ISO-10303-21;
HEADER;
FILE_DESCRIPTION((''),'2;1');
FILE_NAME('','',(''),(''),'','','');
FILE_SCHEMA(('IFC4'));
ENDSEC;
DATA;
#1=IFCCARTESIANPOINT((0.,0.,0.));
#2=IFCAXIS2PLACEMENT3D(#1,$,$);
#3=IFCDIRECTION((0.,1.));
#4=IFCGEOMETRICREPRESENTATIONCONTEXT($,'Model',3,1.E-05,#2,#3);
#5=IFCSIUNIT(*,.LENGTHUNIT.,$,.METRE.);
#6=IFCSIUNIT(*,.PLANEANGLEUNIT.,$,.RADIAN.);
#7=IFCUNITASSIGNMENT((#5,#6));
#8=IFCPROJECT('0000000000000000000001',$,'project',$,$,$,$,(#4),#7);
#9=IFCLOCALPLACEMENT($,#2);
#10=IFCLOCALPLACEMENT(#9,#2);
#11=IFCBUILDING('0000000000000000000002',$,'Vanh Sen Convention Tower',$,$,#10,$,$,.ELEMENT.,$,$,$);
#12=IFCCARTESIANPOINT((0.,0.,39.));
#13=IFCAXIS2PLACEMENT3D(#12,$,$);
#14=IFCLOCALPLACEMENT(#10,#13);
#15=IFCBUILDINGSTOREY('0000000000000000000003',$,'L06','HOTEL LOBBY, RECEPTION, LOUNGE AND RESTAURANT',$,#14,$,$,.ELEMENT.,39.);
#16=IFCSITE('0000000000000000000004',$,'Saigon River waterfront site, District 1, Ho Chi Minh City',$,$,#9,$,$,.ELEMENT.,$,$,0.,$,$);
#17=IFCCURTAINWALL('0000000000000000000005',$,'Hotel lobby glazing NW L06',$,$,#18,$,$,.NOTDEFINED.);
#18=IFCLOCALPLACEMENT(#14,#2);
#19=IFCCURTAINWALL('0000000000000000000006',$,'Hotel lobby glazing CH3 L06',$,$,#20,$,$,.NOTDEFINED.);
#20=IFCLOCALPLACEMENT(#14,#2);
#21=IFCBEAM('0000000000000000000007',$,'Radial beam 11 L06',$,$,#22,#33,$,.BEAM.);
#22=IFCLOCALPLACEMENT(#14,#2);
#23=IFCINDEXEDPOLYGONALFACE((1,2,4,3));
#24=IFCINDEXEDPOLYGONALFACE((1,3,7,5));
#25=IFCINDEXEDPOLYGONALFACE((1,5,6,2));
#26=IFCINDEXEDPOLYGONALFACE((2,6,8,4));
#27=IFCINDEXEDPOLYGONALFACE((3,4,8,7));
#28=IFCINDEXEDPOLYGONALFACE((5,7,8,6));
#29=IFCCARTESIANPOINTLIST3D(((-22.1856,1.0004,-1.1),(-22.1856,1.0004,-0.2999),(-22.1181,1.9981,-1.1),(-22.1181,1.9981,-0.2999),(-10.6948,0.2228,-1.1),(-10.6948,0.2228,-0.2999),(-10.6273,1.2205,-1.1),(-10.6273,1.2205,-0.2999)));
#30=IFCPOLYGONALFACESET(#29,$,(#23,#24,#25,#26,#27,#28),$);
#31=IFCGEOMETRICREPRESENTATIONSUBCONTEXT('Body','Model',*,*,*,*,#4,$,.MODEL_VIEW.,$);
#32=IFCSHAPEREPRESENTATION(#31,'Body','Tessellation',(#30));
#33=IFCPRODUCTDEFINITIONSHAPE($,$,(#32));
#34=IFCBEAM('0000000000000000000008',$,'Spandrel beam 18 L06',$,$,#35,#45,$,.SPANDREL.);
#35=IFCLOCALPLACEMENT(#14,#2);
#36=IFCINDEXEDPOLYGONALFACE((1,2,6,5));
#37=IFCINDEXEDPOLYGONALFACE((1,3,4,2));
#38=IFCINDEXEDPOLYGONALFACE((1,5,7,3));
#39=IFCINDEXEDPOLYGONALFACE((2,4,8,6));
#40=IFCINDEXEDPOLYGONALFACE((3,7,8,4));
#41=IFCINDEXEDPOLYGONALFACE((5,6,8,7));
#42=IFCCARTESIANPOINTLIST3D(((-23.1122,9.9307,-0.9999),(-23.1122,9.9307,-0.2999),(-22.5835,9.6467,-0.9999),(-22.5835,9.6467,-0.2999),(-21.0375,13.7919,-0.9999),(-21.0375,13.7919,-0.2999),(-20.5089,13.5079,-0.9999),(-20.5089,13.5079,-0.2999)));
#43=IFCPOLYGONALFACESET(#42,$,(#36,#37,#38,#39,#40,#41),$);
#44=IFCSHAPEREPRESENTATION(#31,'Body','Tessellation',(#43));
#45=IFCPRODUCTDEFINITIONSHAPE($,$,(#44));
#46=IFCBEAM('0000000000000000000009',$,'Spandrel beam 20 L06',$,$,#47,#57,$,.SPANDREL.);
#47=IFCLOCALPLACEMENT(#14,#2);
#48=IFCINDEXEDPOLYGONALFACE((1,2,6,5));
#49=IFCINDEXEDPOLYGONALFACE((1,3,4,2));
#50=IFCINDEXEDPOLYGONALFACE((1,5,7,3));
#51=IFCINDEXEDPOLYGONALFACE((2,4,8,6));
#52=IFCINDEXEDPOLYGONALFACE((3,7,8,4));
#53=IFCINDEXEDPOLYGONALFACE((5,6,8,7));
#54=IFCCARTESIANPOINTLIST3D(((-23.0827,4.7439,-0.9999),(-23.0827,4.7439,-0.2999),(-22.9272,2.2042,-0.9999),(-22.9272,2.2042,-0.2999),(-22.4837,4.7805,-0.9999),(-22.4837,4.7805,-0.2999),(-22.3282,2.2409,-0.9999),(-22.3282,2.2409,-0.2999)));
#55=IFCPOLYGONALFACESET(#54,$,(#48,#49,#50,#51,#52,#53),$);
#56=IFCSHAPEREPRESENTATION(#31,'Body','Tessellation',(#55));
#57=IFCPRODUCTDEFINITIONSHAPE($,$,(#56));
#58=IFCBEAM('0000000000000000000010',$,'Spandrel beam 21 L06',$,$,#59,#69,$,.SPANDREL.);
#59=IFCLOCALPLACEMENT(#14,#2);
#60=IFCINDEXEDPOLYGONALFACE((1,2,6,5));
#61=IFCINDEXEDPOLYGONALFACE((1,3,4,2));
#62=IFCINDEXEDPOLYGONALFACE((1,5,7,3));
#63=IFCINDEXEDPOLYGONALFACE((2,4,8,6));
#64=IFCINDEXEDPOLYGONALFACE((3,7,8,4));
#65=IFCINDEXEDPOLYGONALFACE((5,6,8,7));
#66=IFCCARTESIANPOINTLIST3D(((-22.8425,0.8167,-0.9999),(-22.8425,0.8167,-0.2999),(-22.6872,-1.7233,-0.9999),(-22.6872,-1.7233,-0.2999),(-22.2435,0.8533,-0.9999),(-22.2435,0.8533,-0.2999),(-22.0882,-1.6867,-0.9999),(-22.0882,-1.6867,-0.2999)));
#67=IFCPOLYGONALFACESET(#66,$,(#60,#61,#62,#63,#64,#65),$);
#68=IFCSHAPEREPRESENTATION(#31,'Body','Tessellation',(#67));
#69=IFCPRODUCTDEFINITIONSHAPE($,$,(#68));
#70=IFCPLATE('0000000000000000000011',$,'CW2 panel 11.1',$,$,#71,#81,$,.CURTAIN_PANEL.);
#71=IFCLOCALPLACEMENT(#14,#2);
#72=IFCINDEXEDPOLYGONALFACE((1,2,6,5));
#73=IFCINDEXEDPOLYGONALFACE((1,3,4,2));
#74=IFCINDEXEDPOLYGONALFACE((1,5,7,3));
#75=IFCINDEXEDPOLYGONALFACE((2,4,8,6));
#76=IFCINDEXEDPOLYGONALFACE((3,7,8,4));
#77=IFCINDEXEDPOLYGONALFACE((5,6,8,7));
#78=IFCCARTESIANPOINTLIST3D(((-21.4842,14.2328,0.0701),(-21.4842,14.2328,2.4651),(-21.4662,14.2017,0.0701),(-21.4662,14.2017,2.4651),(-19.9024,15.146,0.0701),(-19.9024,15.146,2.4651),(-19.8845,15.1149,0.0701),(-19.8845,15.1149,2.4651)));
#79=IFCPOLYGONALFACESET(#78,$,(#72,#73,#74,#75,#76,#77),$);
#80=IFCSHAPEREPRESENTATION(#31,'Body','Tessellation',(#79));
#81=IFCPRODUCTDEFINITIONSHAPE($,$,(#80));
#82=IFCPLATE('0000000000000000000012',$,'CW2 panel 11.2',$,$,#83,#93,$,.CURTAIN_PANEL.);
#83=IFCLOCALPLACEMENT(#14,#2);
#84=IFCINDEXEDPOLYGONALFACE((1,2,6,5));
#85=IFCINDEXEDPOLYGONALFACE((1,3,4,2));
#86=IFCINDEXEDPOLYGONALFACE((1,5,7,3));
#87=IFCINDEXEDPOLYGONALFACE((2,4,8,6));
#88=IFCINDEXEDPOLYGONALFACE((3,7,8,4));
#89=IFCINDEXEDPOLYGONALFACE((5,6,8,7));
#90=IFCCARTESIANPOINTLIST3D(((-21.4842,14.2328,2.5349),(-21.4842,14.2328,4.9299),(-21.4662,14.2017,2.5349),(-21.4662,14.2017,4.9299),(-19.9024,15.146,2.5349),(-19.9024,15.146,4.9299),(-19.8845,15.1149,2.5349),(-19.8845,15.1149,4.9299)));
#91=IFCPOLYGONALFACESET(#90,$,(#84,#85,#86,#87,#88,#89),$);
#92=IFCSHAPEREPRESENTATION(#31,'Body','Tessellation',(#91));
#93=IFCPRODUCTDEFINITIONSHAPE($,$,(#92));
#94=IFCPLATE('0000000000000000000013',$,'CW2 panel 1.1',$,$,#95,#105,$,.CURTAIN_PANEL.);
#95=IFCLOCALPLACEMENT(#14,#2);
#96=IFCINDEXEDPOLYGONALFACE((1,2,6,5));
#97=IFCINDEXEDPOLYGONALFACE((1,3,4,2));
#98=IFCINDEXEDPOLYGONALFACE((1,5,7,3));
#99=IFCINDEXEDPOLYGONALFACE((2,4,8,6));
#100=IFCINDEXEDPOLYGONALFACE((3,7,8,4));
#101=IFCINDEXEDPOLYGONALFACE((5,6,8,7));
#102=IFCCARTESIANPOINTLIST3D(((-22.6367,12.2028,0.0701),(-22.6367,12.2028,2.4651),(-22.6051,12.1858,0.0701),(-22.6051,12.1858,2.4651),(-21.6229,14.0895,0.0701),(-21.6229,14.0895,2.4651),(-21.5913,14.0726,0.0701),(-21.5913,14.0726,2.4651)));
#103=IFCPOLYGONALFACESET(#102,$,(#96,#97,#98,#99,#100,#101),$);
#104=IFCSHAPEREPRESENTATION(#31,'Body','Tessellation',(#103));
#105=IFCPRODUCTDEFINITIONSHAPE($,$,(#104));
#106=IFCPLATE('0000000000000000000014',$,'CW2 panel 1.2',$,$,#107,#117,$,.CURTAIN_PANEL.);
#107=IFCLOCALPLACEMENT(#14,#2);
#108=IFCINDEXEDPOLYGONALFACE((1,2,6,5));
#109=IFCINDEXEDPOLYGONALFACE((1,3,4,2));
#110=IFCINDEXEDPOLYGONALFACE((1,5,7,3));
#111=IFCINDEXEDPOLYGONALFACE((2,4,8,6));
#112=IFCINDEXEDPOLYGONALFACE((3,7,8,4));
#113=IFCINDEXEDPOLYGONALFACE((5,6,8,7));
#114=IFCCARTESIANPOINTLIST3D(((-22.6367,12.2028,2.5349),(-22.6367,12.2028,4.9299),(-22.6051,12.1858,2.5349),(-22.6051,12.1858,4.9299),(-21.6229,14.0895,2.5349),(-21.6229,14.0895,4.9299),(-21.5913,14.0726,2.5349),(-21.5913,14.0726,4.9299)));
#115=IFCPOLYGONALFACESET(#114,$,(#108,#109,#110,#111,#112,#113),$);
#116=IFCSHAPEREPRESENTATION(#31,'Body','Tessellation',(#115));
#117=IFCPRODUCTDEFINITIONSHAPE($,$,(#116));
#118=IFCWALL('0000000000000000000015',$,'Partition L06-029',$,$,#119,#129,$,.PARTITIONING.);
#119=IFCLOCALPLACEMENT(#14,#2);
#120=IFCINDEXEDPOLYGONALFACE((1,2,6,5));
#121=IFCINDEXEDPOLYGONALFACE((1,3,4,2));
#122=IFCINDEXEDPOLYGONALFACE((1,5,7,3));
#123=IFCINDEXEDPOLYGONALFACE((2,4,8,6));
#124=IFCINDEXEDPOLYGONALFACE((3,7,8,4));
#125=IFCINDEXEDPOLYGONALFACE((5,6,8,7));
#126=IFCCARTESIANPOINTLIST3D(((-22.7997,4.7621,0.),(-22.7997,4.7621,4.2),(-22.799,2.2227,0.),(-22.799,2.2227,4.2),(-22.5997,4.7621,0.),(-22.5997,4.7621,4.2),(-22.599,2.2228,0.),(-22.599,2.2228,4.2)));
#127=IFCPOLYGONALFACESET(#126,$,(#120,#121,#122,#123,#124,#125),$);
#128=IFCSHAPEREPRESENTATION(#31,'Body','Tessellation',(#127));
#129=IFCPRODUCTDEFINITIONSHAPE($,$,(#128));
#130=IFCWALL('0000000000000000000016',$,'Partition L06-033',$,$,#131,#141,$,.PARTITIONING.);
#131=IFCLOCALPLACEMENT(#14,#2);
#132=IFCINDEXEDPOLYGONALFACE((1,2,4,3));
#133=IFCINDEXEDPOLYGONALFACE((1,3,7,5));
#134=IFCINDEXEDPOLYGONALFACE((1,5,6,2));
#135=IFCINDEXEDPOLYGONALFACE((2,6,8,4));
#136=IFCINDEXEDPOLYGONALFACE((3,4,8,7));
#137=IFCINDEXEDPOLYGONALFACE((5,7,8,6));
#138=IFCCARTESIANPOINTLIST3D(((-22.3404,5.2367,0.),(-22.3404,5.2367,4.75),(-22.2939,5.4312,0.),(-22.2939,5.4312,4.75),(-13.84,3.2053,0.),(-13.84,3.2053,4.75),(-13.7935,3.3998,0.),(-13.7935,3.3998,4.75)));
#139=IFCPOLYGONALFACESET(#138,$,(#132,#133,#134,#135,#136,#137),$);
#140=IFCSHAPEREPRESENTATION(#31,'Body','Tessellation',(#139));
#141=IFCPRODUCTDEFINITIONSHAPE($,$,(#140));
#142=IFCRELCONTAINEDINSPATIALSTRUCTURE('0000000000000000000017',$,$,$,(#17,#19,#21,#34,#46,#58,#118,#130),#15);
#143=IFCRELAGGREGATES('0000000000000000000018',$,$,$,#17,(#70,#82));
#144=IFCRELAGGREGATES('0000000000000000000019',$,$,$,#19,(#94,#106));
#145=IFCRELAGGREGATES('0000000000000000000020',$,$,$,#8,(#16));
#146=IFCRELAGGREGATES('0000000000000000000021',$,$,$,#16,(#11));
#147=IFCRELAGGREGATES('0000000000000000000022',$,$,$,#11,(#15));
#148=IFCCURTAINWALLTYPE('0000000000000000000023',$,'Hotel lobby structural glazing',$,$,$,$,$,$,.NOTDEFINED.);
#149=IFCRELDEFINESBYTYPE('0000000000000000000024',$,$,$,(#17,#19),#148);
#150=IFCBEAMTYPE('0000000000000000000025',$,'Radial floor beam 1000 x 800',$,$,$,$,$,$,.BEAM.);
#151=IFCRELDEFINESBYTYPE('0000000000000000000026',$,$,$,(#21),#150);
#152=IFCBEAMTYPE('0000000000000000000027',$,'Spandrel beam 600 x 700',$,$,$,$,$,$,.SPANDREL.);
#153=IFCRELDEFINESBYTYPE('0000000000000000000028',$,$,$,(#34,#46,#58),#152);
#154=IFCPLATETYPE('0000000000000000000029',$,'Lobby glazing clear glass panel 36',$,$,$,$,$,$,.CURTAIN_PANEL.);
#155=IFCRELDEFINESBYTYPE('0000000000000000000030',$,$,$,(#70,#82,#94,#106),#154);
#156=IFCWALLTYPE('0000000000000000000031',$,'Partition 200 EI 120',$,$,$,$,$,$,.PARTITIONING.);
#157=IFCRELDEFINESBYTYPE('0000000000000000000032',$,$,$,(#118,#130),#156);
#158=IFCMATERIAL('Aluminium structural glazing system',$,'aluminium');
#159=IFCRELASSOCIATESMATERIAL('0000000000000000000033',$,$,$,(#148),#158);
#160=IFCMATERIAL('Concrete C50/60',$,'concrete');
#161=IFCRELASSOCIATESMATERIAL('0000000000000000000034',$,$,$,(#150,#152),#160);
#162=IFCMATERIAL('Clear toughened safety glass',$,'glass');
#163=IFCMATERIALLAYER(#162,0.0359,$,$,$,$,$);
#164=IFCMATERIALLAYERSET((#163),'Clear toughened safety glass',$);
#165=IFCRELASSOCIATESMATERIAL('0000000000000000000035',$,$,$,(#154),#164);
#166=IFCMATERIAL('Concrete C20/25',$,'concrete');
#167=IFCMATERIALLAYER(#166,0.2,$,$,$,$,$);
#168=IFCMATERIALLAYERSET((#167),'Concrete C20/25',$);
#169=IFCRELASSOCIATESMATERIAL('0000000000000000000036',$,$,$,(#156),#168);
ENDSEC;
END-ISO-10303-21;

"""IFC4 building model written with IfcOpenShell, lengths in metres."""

from ifc_helpers import new_model, si_unit, direction, frame, frame_2d, origin, origin_2d, place, context, subcontext, project, spatial, rectangle, extrude, material, layer, layer_set, material_profile, profile_set, type_object, element, aggregate, save


model = new_model("IFC4")

# Units and contexts
model_context = context("Model", 3, precision=1e-05, world=origin(), true_north=direction((0.0, 1.0)))
body_context = subcontext(model_context, "Body", "Model", "MODEL_VIEW")
ifc_project = project(units=[si_unit("LENGTHUNIT", "METRE"), si_unit("PLANEANGLEUNIT", "RADIAN")], contexts=[model_context])

# Site, building, storey
site_placement = place(None, origin())
site = spatial("IfcSite", under=ifc_project, at=site_placement, Name="Saigon River waterfront site, District 1, Ho Chi Minh City", CompositionType="ELEMENT", RefElevation=0.0)
building_placement = place(site_placement, origin())
building = spatial("IfcBuilding", under=site, at=building_placement, Name="Vanh Sen Convention Tower", CompositionType="ELEMENT")
storey_placement = place(building_placement, frame((0.0, 0.0, 39.0)))
storey = spatial("IfcBuildingStorey", under=building, at=storey_placement, Name="L06", Description="HOTEL LOBBY, RECEPTION, LOUNGE AND RESTAURANT", CompositionType="ELEMENT", Elevation=39.0)

# Curtain wall
ifc_material_1 = material(Name="Aluminium structural glazing system", Category="aluminium")
curtain_wall_type = type_object("IfcCurtainWallType", Name="Hotel lobby structural glazing", PredefinedType="NOTDEFINED", material=ifc_material_1)
curtain_wall_1_placement = place(storey_placement, origin())
curtain_wall_1 = element("IfcCurtainWall", 1, at=curtain_wall_1_placement, inside=storey, type_object=curtain_wall_type, Name="Hotel lobby glazing NW L06", PredefinedType="NOTDEFINED")

# Curtain wall
curtain_wall_2_placement = place(storey_placement, origin())
curtain_wall_2 = element("IfcCurtainWall", 2, at=curtain_wall_2_placement, inside=storey, type_object=curtain_wall_type, Name="Hotel lobby glazing CH3 L06", PredefinedType="NOTDEFINED")

# Beams
ifc_material_2 = material(Name="Concrete C50/60", Category="concrete")
ifc_material_profile_1 = material_profile(ifc_material_2, rectangle(XDim=1.0, YDim=0.8, at=origin_2d()), Name="RC 1000X800")
ifc_profile_set_1 = profile_set([ifc_material_profile_1], Name="Concrete C50/60")
beam_type_1 = type_object("IfcBeamType", Name="Radial floor beam 1000 x 800", PredefinedType="BEAM", material=ifc_profile_set_1)
beam_1_placement = place(storey_placement, frame((-22.1519, 1.4993, -0.7), z_axis=(0.997718, -0.067517, 0.0), x_axis=(0.067517, 0.997718, 0.0)))
element("IfcBeam", 3, at=beam_1_placement, inside=storey, type_object=beam_type_1, Name="Radial beam 11 L06", PredefinedType="BEAM", context=body_context, shape_type="SweptSolid", body=[
    extrude(rectangle(XDim=1.0, YDim=0.8, at=origin_2d()), origin(), (0.0, 0.0, 1.0), 11.5171),
])
ifc_material_profile_2 = material_profile(ifc_material_2, rectangle(XDim=0.6001, YDim=0.7, at=origin_2d()), Name="RC 600X700")
ifc_profile_set_2 = profile_set([ifc_material_profile_2], Name="Concrete C50/60")
beam_type_2 = type_object("IfcBeamType", Name="Spandrel beam 600 x 700", PredefinedType="SPANDREL", material=ifc_profile_set_2)
beam_2_placement = place(storey_placement, frame((-20.7732, 13.6499, -0.6499), z_axis=(-0.473309, -0.880896, 0.0), x_axis=(0.880896, -0.473309, 0.0)))
element("IfcBeam", 4, at=beam_2_placement, inside=storey, type_object=beam_type_2, Name="Spandrel beam 18 L06", PredefinedType="SPANDREL", context=body_context, shape_type="SweptSolid", body=[
    extrude(rectangle(XDim=0.6001, YDim=0.7, at=origin_2d()), origin(), (0.0, 0.0, 1.0), 4.3833),
])
beam_3_placement = place(storey_placement, frame((-22.7832, 4.7622, -0.6499), z_axis=(0.061118, -0.998131, 0.0), x_axis=(0.998131, 0.061118, 0.0)))
element("IfcBeam", 5, at=beam_3_placement, inside=storey, type_object=beam_type_2, Name="Spandrel beam 20 L06", PredefinedType="SPANDREL", context=body_context, shape_type="SweptSolid", body=[
    extrude(rectangle(XDim=0.6001, YDim=0.7, at=origin_2d()), origin(), (0.0, 0.0, 1.0), 2.5444),
])
beam_4_placement = place(storey_placement, frame((-22.543, 0.835, -0.6499), z_axis=(0.061016, -0.998137, 0.0), x_axis=(0.998137, 0.061016, 0.0)))
element("IfcBeam", 6, at=beam_4_placement, inside=storey, type_object=beam_type_2, Name="Spandrel beam 21 L06", PredefinedType="SPANDREL", context=body_context, shape_type="SweptSolid", body=[
    extrude(rectangle(XDim=0.6001, YDim=0.7, at=origin_2d()), origin(), (0.0, 0.0, 1.0), 2.5447),
])

# Plates
ifc_material_3 = material(Name="Clear toughened safety glass", Category="glass")
ifc_layer_1 = layer(ifc_material_3, 0.0359)
ifc_layer_set_1 = layer_set([ifc_layer_1], Name="Clear toughened safety glass")
plate_type = type_object("IfcPlateType", Name="Lobby glazing clear glass panel 36", PredefinedType="CURTAIN_PANEL", material=ifc_layer_set_1)
plate_1_placement = place(storey_placement, frame((-20.6843, 14.6738, 0.0701), z_axis=(0.0, 0.0, 1.0), x_axis=(-0.866025, -0.500001, 0.0)))
plate_1 = element("IfcPlate", 7, at=plate_1_placement, type_object=plate_type, Name="CW2 panel 11.1", PredefinedType="CURTAIN_PANEL", context=body_context, shape_type="SweptSolid", body=[
    extrude(rectangle(XDim=1.8264, YDim=0.0359, at=origin_2d()), origin(), (0.0, 0.0, 1.0), 2.395),
])
plate_2_placement = place(storey_placement, frame((-20.6843, 14.6738, 2.5349), z_axis=(0.0, 0.0, 1.0), x_axis=(-0.866025, -0.500001, 0.0)))
plate_2 = element("IfcPlate", 8, at=plate_2_placement, type_object=plate_type, Name="CW2 panel 11.2", PredefinedType="CURTAIN_PANEL", context=body_context, shape_type="SweptSolid", body=[
    extrude(rectangle(XDim=1.8264, YDim=0.0359, at=origin_2d()), origin(), (0.0, 0.0, 1.0), 2.395),
])
aggregate(curtain_wall_1, [plate_1, plate_2])
plate_3_placement = place(storey_placement, frame((-22.114, 13.1377, 0.0701), z_axis=(0.0, 0.0, 1.0), x_axis=(-0.473331, -0.880884, 0.0)))
plate_3 = element("IfcPlate", 9, at=plate_3_placement, type_object=plate_type, Name="CW2 panel 1.1", PredefinedType="CURTAIN_PANEL", context=body_context, shape_type="SweptSolid", body=[
    extrude(rectangle(XDim=2.1418, YDim=0.0359, at=origin_2d()), origin(), (0.0, 0.0, 1.0), 2.395),
])
plate_4_placement = place(storey_placement, frame((-22.114, 13.1377, 2.5349), z_axis=(0.0, 0.0, 1.0), x_axis=(-0.473331, -0.880884, 0.0)))
plate_4 = element("IfcPlate", 10, at=plate_4_placement, type_object=plate_type, Name="CW2 panel 1.2", PredefinedType="CURTAIN_PANEL", context=body_context, shape_type="SweptSolid", body=[
    extrude(rectangle(XDim=2.1418, YDim=0.0359, at=origin_2d()), origin(), (0.0, 0.0, 1.0), 2.395),
])
aggregate(curtain_wall_2, [plate_3, plate_4])

# Walls
ifc_material_4 = material(Name="Concrete C20/25", Category="concrete")
ifc_layer_2 = layer(ifc_material_4, 0.2)
ifc_layer_set_2 = layer_set([ifc_layer_2], Name="Concrete C20/25")
wall_type = type_object("IfcWallType", Name="Partition 200 EI 120", PredefinedType="PARTITIONING", material=ifc_layer_set_2)
wall_1_placement = place(storey_placement, frame((-22.699, 2.2229, 0.0), z_axis=(0.0, 0.0, 1.0), x_axis=(-0.000288, 1.0, 0.0)))
element("IfcWall", 11, at=wall_1_placement, inside=storey, type_object=wall_type, Name="Partition L06-029", PredefinedType="PARTITIONING", context=body_context, shape_type="SweptSolid", body=[
    extrude(rectangle(XDim=2.5393, YDim=0.2, at=frame_2d((1.2695, 0.0))), origin(), (0.0, 0.0, 1.0), 4.2),
])
wall_2_placement = place(storey_placement, frame((-22.3171, 5.334, 0.0), z_axis=(0.0, 0.0, 1.0), x_axis=(0.972611, -0.23244, 0.0)))
element("IfcWall", 12, at=wall_2_placement, inside=storey, type_object=wall_type, Name="Partition L06-033", PredefinedType="PARTITIONING", context=body_context, shape_type="SweptSolid", body=[
    extrude(rectangle(XDim=8.7397, YDim=0.2, at=frame_2d((4.3699, 0.0))), origin(), (0.0, 0.0, 1.0), 4.75),
])

save(model, "model.ifc")
